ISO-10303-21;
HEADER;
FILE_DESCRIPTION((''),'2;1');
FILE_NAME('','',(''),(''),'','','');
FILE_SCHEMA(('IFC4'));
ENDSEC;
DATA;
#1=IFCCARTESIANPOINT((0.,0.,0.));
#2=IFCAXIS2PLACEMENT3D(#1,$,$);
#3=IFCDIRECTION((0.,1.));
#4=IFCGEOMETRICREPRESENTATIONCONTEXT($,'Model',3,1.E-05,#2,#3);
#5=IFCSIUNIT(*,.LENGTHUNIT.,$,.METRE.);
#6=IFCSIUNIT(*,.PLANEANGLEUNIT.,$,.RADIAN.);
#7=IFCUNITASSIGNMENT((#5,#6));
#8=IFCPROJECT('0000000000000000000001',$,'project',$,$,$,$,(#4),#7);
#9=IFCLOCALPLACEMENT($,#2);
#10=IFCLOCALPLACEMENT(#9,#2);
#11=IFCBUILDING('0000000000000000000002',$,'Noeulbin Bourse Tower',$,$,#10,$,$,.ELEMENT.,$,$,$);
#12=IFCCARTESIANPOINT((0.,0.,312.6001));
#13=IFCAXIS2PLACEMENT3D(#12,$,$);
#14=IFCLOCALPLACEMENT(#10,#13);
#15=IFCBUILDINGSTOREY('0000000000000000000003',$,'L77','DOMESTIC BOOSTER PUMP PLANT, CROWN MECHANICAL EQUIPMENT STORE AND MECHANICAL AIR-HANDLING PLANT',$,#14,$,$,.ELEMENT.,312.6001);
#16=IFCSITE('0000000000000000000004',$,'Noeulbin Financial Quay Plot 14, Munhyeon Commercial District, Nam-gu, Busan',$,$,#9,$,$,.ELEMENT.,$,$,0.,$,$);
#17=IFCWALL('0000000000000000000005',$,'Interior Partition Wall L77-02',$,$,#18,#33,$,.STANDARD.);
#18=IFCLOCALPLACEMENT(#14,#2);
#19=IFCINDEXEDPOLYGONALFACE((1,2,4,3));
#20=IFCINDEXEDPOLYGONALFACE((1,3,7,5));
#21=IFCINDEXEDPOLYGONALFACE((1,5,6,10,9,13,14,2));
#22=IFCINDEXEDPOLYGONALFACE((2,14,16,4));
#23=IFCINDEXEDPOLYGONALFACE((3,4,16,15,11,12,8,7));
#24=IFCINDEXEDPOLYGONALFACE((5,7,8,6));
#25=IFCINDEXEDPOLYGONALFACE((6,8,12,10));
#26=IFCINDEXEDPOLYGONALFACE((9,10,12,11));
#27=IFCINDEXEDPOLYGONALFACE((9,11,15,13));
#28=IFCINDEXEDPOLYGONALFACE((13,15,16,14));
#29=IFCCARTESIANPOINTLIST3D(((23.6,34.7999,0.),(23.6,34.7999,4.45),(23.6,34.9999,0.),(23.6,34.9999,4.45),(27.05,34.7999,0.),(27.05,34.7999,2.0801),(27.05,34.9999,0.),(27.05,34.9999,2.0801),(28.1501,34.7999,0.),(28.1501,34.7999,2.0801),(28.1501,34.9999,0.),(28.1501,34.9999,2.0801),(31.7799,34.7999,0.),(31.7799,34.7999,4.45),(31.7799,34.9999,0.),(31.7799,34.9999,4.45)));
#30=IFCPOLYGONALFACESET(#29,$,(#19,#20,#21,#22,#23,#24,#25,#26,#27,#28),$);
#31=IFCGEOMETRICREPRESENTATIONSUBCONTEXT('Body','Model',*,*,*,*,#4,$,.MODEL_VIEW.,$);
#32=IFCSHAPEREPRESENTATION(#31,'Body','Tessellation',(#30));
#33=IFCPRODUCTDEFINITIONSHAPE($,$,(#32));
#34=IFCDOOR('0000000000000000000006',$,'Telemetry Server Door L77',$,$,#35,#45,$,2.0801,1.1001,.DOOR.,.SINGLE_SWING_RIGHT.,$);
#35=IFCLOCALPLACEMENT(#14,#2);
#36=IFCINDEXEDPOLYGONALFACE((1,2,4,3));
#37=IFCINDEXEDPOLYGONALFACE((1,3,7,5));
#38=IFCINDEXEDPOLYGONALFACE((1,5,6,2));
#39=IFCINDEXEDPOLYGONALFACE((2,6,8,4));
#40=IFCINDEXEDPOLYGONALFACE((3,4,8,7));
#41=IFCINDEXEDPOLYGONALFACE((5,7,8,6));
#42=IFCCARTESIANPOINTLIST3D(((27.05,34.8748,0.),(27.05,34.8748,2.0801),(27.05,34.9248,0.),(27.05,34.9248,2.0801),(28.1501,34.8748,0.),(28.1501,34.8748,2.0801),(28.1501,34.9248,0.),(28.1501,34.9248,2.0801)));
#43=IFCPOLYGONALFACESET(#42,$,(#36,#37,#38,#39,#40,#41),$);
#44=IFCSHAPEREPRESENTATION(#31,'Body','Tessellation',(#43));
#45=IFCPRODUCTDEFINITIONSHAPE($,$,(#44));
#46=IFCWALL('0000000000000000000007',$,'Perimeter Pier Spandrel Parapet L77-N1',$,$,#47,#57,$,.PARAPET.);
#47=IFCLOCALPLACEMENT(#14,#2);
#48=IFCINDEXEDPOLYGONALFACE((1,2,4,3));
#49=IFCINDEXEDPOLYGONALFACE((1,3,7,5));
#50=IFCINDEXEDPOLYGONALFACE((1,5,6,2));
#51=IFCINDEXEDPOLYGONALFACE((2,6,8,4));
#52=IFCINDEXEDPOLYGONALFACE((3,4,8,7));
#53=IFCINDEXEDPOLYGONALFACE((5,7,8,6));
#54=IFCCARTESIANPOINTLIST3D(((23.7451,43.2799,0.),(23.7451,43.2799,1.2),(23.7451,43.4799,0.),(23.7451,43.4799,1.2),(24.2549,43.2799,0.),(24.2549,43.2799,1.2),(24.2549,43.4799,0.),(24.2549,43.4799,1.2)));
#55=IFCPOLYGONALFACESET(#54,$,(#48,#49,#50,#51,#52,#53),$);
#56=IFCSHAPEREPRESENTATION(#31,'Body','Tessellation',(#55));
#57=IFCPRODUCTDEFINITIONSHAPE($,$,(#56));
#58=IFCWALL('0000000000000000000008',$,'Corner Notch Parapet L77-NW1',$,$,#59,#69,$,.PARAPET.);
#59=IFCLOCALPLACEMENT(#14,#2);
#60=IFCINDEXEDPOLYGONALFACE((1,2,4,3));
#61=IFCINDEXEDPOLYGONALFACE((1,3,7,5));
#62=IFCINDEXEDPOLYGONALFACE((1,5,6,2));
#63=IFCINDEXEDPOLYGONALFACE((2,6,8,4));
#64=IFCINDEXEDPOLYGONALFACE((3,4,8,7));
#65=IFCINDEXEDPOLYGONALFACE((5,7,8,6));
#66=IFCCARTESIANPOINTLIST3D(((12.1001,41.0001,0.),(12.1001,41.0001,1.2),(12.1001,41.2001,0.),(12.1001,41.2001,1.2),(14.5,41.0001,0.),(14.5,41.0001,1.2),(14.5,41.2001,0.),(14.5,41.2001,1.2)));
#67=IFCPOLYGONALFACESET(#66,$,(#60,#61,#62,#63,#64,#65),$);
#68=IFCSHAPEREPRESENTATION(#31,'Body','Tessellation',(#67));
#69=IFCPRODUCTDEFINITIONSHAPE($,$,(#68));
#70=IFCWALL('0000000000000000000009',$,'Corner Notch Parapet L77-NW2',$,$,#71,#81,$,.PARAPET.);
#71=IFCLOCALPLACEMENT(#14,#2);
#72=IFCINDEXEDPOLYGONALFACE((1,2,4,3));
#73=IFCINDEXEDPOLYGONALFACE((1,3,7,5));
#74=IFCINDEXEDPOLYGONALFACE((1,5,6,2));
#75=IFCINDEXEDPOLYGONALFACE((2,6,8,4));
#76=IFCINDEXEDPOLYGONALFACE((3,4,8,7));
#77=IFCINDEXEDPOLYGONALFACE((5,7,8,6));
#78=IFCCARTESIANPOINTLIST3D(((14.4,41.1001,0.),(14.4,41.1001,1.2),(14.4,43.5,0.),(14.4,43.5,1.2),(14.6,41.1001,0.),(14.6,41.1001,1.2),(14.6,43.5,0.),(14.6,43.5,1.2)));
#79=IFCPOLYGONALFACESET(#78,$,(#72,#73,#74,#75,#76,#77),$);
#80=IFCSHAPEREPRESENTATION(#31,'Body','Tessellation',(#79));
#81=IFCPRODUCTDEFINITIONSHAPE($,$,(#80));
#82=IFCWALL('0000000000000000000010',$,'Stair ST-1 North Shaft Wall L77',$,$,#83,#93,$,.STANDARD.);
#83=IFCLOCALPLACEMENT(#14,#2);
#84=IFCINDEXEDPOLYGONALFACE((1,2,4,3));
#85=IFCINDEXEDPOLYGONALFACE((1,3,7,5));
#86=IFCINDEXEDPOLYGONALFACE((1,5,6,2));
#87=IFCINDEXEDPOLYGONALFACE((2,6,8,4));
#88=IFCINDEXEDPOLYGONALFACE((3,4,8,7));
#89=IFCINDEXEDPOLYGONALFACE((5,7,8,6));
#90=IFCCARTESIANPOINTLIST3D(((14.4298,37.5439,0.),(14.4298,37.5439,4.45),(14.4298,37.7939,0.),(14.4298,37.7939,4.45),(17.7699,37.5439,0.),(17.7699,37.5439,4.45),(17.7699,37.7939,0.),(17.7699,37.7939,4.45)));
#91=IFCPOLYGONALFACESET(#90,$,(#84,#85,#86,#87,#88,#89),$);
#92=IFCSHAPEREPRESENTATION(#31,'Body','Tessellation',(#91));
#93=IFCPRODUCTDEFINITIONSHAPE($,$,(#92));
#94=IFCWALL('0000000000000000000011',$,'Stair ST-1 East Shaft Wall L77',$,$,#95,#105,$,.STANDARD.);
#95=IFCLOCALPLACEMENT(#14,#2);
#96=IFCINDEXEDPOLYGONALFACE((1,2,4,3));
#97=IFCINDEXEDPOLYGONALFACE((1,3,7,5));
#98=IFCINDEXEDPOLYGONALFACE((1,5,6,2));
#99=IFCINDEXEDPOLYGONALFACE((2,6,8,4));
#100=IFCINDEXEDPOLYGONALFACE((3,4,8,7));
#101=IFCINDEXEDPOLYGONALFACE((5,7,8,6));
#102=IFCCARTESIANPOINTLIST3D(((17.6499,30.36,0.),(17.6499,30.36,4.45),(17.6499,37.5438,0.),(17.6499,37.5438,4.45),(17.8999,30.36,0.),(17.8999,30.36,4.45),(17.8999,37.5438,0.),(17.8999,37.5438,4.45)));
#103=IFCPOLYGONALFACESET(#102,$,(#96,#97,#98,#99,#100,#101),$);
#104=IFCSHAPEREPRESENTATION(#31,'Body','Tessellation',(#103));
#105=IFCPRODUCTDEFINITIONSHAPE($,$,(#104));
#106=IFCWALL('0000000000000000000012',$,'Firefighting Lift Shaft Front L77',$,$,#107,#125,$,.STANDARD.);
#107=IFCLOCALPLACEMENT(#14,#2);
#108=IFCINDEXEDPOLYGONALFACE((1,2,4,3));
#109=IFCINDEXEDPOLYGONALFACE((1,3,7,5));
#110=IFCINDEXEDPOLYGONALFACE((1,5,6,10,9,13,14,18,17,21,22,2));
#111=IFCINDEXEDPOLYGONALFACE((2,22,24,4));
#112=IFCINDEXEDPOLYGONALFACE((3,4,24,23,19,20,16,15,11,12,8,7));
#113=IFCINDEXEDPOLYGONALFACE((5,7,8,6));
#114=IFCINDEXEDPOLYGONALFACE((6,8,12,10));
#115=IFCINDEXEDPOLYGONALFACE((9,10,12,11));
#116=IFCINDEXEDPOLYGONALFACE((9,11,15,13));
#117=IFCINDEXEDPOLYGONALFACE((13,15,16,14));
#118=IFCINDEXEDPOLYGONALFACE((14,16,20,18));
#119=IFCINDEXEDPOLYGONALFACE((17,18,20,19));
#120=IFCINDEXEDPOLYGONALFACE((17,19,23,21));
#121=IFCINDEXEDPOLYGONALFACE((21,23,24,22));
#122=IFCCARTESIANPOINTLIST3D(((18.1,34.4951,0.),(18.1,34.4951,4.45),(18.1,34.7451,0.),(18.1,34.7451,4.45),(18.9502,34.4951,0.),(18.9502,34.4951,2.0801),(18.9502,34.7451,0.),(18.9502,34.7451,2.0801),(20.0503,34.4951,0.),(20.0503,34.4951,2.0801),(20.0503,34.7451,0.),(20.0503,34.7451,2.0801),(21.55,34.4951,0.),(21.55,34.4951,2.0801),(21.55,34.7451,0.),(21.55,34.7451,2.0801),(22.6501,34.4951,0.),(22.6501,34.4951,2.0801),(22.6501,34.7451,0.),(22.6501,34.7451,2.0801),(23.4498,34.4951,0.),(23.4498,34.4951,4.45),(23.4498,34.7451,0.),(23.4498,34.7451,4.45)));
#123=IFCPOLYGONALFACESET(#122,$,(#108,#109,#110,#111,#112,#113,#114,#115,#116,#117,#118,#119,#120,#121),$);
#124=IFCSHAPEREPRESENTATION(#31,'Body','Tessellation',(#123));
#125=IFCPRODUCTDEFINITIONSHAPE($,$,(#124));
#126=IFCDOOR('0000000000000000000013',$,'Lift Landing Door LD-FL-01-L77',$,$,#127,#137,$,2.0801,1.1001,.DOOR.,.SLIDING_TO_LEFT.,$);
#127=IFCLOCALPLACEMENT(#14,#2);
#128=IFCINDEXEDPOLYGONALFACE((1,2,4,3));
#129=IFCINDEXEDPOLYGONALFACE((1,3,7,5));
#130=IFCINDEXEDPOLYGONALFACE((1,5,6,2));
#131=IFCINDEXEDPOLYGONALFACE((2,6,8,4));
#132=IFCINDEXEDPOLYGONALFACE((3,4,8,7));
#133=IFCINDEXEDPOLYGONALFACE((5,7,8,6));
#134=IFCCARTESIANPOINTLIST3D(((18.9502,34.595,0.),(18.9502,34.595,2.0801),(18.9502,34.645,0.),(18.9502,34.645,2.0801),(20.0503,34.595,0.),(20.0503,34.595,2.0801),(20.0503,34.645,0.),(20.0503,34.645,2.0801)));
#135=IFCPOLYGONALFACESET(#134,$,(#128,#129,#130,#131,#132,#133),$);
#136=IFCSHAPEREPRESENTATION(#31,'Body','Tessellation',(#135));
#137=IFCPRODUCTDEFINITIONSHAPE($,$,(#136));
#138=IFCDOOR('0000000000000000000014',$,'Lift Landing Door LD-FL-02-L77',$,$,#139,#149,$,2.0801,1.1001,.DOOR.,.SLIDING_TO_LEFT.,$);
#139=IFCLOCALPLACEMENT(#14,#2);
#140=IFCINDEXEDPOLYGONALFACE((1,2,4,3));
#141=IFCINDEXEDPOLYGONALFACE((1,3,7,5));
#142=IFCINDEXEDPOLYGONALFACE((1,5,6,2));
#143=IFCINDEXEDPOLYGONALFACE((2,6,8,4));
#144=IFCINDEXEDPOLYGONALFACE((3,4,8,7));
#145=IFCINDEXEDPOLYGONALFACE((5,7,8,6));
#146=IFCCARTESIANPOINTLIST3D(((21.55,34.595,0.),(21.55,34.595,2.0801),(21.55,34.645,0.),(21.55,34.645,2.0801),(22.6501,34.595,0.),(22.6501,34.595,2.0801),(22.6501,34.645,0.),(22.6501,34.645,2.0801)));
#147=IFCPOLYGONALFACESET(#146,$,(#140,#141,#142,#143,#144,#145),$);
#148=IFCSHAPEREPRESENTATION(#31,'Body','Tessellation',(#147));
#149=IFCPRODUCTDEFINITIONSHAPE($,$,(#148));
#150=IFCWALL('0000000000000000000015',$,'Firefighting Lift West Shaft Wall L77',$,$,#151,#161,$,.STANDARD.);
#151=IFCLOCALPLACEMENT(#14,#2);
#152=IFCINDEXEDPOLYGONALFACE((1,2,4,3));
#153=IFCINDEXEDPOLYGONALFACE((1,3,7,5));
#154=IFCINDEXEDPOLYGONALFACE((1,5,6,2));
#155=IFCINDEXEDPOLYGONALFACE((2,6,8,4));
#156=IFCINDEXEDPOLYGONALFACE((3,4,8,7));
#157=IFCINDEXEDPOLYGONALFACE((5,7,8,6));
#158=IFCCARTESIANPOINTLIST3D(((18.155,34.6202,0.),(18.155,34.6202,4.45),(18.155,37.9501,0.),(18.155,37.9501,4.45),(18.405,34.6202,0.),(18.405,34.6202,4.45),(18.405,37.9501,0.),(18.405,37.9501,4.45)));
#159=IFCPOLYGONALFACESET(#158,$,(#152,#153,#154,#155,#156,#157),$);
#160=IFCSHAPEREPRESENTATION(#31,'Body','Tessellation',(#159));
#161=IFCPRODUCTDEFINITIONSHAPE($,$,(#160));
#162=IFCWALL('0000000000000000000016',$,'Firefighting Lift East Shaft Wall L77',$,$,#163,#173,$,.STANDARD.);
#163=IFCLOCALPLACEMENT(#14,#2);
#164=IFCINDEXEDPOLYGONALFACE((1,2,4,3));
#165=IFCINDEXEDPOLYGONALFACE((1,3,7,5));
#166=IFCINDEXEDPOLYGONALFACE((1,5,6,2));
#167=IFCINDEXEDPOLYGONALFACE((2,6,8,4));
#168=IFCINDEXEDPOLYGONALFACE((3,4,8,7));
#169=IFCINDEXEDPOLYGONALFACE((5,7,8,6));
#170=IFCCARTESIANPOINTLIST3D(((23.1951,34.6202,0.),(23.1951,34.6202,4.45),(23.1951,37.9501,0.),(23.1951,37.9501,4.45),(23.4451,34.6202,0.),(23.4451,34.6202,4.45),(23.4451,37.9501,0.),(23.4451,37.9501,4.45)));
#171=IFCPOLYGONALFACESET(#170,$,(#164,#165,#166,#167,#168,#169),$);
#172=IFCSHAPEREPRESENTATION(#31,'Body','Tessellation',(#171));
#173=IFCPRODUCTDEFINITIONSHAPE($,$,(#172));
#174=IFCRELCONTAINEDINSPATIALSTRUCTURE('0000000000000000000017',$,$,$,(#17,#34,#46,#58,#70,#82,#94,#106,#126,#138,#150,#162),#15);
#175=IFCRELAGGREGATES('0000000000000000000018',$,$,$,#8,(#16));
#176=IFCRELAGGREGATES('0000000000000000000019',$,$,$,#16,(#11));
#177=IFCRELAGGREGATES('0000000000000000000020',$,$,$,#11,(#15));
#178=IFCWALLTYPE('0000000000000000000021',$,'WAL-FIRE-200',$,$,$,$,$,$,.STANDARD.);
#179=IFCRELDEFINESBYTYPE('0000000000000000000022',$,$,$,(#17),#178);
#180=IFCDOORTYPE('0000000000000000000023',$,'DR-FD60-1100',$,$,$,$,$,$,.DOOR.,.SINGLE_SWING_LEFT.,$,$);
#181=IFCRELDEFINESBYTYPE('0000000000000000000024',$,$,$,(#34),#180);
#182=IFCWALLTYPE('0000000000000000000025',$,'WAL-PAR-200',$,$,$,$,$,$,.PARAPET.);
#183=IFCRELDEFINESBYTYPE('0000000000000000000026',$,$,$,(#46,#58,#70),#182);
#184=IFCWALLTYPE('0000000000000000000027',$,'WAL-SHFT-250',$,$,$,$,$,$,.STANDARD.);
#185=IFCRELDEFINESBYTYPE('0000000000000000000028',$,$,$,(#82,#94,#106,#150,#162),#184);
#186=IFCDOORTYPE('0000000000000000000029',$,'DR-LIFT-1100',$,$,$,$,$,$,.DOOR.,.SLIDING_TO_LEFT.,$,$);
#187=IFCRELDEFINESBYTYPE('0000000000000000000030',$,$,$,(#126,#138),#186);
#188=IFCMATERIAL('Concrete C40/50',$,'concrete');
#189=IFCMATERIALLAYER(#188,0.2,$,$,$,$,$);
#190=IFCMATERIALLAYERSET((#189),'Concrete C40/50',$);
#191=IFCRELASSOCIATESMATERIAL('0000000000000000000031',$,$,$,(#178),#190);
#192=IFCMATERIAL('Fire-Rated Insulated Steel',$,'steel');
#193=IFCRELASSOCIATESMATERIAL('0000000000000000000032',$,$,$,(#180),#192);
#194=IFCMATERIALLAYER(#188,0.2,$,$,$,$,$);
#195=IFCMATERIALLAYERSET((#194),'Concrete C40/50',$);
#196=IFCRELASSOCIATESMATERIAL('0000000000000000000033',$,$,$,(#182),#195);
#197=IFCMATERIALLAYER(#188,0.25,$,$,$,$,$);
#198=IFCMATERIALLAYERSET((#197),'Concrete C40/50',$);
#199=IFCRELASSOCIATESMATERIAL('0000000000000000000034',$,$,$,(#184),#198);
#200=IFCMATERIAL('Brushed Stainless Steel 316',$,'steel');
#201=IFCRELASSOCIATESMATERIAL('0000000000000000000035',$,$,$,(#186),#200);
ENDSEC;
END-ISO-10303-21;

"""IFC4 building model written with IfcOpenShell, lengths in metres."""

from ifc_helpers import new_model, si_unit, direction, frame, frame_2d, origin, place, context, subcontext, project, spatial, rectangle, extrude, material, layer, layer_set, type_object, element, fill, save


model = new_model("IFC4")

# Units and contexts
model_context = context("Model", 3, precision=1e-05, world=origin(), true_north=direction((0.0, 1.0)))
body_context = subcontext(model_context, "Body", "Model", "MODEL_VIEW")
ifc_project = project(units=[si_unit("LENGTHUNIT", "METRE"), si_unit("PLANEANGLEUNIT", "RADIAN")], contexts=[model_context])

# Site, building, storey
site_placement = place(None, origin())
site = spatial("IfcSite", under=ifc_project, at=site_placement, Name="Noeulbin Financial Quay Plot 14, Munhyeon Commercial District, Nam-gu, Busan", CompositionType="ELEMENT", RefElevation=0.0)
building_placement = place(site_placement, origin())
building = spatial("IfcBuilding", under=site, at=building_placement, Name="Noeulbin Bourse Tower", CompositionType="ELEMENT")
storey_placement = place(building_placement, frame((0.0, 0.0, 312.6001)))
storey = spatial("IfcBuildingStorey", under=building, at=storey_placement, Name="L77", Description="DOMESTIC BOOSTER PUMP PLANT, CROWN MECHANICAL EQUIPMENT STORE AND MECHANICAL AIR-HANDLING PLANT", CompositionType="ELEMENT", Elevation=312.6001)

# Wall, opening, door
ifc_material_1 = material(Name="Concrete C40/50", Category="concrete")
ifc_layer_1 = layer(ifc_material_1, 0.2)
ifc_layer_set_1 = layer_set([ifc_layer_1], Name="Concrete C40/50")
wall_type_1 = type_object("IfcWallType", Name="WAL-FIRE-200", PredefinedType="STANDARD", material=ifc_layer_set_1)
wall_1_placement = place(storey_placement, frame((23.6001, 34.8999, 0.0), z_axis=(0.0, 0.0, 1.0), x_axis=(1.0, 0.0, 0.0)))
wall_1 = element("IfcWall", 1, at=wall_1_placement, inside=storey, type_object=wall_type_1, Name="Interior Partition Wall L77-02", PredefinedType="STANDARD", context=body_context, shape_type="SweptSolid", body=[
    extrude(rectangle(XDim=8.1799, YDim=0.2, at=frame_2d((4.0898, 0.0))), origin(), (0.0, 0.0, 1.0), 4.45),
])
opening_1_placement = place(wall_1_placement, frame((3.45, 0.0, 0.0)))
opening_1 = element("IfcOpeningElement", 2, at=opening_1_placement, cuts=wall_1, PredefinedType="OPENING", context=body_context, shape_type="SweptSolid", body=[
    extrude(rectangle(XDim=1.1001, YDim=2.0801, at=frame_2d((0.55, 1.04))), frame((0.0, 0.1099, 0.0), z_axis=(0.0, -1.0, 0.0), x_axis=(1.0, 0.0, 0.0)), (0.0, 0.0, 1.0), 0.22),
])
ifc_material_2 = material(Name="Fire-Rated Insulated Steel", Category="steel")
door_type_1 = type_object("IfcDoorType", Name="DR-FD60-1100", OperationType="SINGLE_SWING_LEFT", PredefinedType="DOOR", material=ifc_material_2)
door_1_placement = place(opening_1_placement, origin())
door_1 = element("IfcDoor", 3, at=door_1_placement, inside=storey, type_object=door_type_1, Name="Telemetry Server Door L77", OperationType="SINGLE_SWING_RIGHT", OverallHeight=2.0801, OverallWidth=1.1001, PredefinedType="DOOR", context=body_context, shape_type="SweptSolid", body=[
    extrude(rectangle(XDim=1.1001, YDim=2.0801, at=frame_2d((0.55, 1.04))), frame((0.0, 0.0249, 0.0), z_axis=(0.0, -1.0, 0.0), x_axis=(1.0, 0.0, 0.0)), (0.0, 0.0, 1.0), 0.05),
])
fill(opening_1, door_1)

# Walls
ifc_layer_2 = layer(ifc_material_1, 0.2)
ifc_layer_set_2 = layer_set([ifc_layer_2], Name="Concrete C40/50")
wall_type_2 = type_object("IfcWallType", Name="WAL-PAR-200", PredefinedType="PARAPET", material=ifc_layer_set_2)
wall_2_placement = place(storey_placement, frame((23.7451, 43.3799, 0.0), z_axis=(0.0, 0.0, 1.0), x_axis=(1.0, 0.0, 0.0)))
element("IfcWall", 4, at=wall_2_placement, inside=storey, type_object=wall_type_2, Name="Perimeter Pier Spandrel Parapet L77-N1", PredefinedType="PARAPET", context=body_context, shape_type="SweptSolid", body=[
    extrude(rectangle(XDim=0.5098, YDim=0.2, at=frame_2d((0.2549, 0.0))), origin(), (0.0, 0.0, 1.0), 1.2),
])
for number, where, z_axis, x_axis, name in (
    (5, (12.1001, 41.1001, 0.0), (0.0, 0.0, 1.0), (1.0, 0.0, 0.0), "Corner Notch Parapet L77-NW1"),
    (6, (14.5, 41.1001, 0.0), (0.0, 0.0, 1.0), (0.0, 1.0, 0.0), "Corner Notch Parapet L77-NW2"),
):
    element("IfcWall", number, at=place(storey_placement, frame(where, z_axis=z_axis, x_axis=x_axis)), inside=storey, type_object=wall_type_2, Name=name, PredefinedType="PARAPET", context=body_context, shape_type="SweptSolid", body=[
        extrude(rectangle(XDim=2.3999, YDim=0.2, at=frame_2d((1.2, 0.0))), origin(), (0.0, 0.0, 1.0), 1.2),
    ])
ifc_layer_3 = layer(ifc_material_1, 0.25)
ifc_layer_set_3 = layer_set([ifc_layer_3], Name="Concrete C40/50")
wall_type_3 = type_object("IfcWallType", Name="WAL-SHFT-250", PredefinedType="STANDARD", material=ifc_layer_set_3)
wall_3_placement = place(storey_placement, frame((14.4299, 37.6689, 0.0), z_axis=(0.0, 0.0, 1.0), x_axis=(1.0, 0.0, 0.0)))
element("IfcWall", 7, at=wall_3_placement, inside=storey, type_object=wall_type_3, Name="Stair ST-1 North Shaft Wall L77", PredefinedType="STANDARD", context=body_context, shape_type="SweptSolid", body=[
    extrude(rectangle(XDim=3.3401, YDim=0.25, at=frame_2d((1.6699, 0.0))), origin(), (0.0, 0.0, 1.0), 4.45),
])
wall_4_placement = place(storey_placement, frame((17.7749, 30.3601, 0.0), z_axis=(0.0, 0.0, 1.0), x_axis=(0.0, 1.0, 0.0)))
element("IfcWall", 8, at=wall_4_placement, inside=storey, type_object=wall_type_3, Name="Stair ST-1 East Shaft Wall L77", PredefinedType="STANDARD", context=body_context, shape_type="SweptSolid", body=[
    extrude(rectangle(XDim=7.1838, YDim=0.25, at=frame_2d((3.5918, 0.0))), origin(), (0.0, 0.0, 1.0), 4.45),
])

# Wall, openings, doors
wall_5_placement = place(storey_placement, frame((18.1001, 34.6201, 0.0), z_axis=(0.0, 0.0, 1.0), x_axis=(1.0, 0.0, 0.0)))
wall_5 = element("IfcWall", 9, at=wall_5_placement, inside=storey, type_object=wall_type_3, Name="Firefighting Lift Shaft Front L77", PredefinedType="STANDARD", context=body_context, shape_type="SweptSolid", body=[
    extrude(rectangle(XDim=5.3499, YDim=0.25, at=frame_2d((2.6748, 0.0))), origin(), (0.0, 0.0, 1.0), 4.45),
])
opening_2_placement = place(wall_5_placement, frame((0.8501, 0.0, 0.0)))
opening_2 = element("IfcOpeningElement", 10, at=opening_2_placement, cuts=wall_5, PredefinedType="OPENING", context=body_context, shape_type="SweptSolid", body=[
    extrude(rectangle(XDim=1.1001, YDim=2.0801, at=frame_2d((0.55, 1.04))), frame((0.0, 0.135, 0.0), z_axis=(0.0, -1.0, 0.0), x_axis=(1.0, 0.0, 0.0)), (0.0, 0.0, 1.0), 0.27),
])
opening_3_placement = place(wall_5_placement, frame((3.45, 0.0, 0.0)))
opening_3 = element("IfcOpeningElement", 11, at=opening_3_placement, cuts=wall_5, PredefinedType="OPENING", context=body_context, shape_type="SweptSolid", body=[
    extrude(rectangle(XDim=1.1001, YDim=2.0801, at=frame_2d((0.55, 1.04))), frame((0.0, 0.135, 0.0), z_axis=(0.0, -1.0, 0.0), x_axis=(1.0, 0.0, 0.0)), (0.0, 0.0, 1.0), 0.27),
])
ifc_material_3 = material(Name="Brushed Stainless Steel 316", Category="steel")
door_type_2 = type_object("IfcDoorType", Name="DR-LIFT-1100", OperationType="SLIDING_TO_LEFT", PredefinedType="DOOR", material=ifc_material_3)
door_2_placement = place(opening_2_placement, origin())
door_2 = element("IfcDoor", 12, at=door_2_placement, inside=storey, type_object=door_type_2, Name="Lift Landing Door LD-FL-01-L77", OperationType="SLIDING_TO_LEFT", OverallHeight=2.0801, OverallWidth=1.1001, PredefinedType="DOOR", context=body_context, shape_type="SweptSolid", body=[
    extrude(rectangle(XDim=1.1001, YDim=2.0801, at=frame_2d((0.55, 1.04))), frame((0.0, 0.0249, 0.0), z_axis=(0.0, -1.0, 0.0), x_axis=(1.0, 0.0, 0.0)), (0.0, 0.0, 1.0), 0.05),
])
fill(opening_2, door_2)
door_3_placement = place(opening_3_placement, origin())
door_3 = element("IfcDoor", 13, at=door_3_placement, inside=storey, type_object=door_type_2, Name="Lift Landing Door LD-FL-02-L77", OperationType="SLIDING_TO_LEFT", OverallHeight=2.0801, OverallWidth=1.1001, PredefinedType="DOOR", context=body_context, shape_type="SweptSolid", body=[
    extrude(rectangle(XDim=1.1001, YDim=2.0801, at=frame_2d((0.55, 1.04))), frame((0.0, 0.0249, 0.0), z_axis=(0.0, -1.0, 0.0), x_axis=(1.0, 0.0, 0.0)), (0.0, 0.0, 1.0), 0.05),
])
fill(opening_3, door_3)

# Walls
for number, where, z_axis, x_axis, name in (
    (14, (18.28, 34.6201, 0.0), (0.0, 0.0, 1.0), (0.0, 1.0, 0.0), "Firefighting Lift West Shaft Wall L77"),
    (15, (23.3201, 34.6201, 0.0), (0.0, 0.0, 1.0), (0.0, 1.0, 0.0), "Firefighting Lift East Shaft Wall L77"),
):
    element("IfcWall", number, at=place(storey_placement, frame(where, z_axis=z_axis, x_axis=x_axis)), inside=storey, type_object=wall_type_3, Name=name, PredefinedType="STANDARD", context=body_context, shape_type="SweptSolid", body=[
        extrude(rectangle(XDim=3.3298, YDim=0.25, at=frame_2d((1.665, 0.0))), origin(), (0.0, 0.0, 1.0), 4.45),
    ])

save(model, "model.ifc")
